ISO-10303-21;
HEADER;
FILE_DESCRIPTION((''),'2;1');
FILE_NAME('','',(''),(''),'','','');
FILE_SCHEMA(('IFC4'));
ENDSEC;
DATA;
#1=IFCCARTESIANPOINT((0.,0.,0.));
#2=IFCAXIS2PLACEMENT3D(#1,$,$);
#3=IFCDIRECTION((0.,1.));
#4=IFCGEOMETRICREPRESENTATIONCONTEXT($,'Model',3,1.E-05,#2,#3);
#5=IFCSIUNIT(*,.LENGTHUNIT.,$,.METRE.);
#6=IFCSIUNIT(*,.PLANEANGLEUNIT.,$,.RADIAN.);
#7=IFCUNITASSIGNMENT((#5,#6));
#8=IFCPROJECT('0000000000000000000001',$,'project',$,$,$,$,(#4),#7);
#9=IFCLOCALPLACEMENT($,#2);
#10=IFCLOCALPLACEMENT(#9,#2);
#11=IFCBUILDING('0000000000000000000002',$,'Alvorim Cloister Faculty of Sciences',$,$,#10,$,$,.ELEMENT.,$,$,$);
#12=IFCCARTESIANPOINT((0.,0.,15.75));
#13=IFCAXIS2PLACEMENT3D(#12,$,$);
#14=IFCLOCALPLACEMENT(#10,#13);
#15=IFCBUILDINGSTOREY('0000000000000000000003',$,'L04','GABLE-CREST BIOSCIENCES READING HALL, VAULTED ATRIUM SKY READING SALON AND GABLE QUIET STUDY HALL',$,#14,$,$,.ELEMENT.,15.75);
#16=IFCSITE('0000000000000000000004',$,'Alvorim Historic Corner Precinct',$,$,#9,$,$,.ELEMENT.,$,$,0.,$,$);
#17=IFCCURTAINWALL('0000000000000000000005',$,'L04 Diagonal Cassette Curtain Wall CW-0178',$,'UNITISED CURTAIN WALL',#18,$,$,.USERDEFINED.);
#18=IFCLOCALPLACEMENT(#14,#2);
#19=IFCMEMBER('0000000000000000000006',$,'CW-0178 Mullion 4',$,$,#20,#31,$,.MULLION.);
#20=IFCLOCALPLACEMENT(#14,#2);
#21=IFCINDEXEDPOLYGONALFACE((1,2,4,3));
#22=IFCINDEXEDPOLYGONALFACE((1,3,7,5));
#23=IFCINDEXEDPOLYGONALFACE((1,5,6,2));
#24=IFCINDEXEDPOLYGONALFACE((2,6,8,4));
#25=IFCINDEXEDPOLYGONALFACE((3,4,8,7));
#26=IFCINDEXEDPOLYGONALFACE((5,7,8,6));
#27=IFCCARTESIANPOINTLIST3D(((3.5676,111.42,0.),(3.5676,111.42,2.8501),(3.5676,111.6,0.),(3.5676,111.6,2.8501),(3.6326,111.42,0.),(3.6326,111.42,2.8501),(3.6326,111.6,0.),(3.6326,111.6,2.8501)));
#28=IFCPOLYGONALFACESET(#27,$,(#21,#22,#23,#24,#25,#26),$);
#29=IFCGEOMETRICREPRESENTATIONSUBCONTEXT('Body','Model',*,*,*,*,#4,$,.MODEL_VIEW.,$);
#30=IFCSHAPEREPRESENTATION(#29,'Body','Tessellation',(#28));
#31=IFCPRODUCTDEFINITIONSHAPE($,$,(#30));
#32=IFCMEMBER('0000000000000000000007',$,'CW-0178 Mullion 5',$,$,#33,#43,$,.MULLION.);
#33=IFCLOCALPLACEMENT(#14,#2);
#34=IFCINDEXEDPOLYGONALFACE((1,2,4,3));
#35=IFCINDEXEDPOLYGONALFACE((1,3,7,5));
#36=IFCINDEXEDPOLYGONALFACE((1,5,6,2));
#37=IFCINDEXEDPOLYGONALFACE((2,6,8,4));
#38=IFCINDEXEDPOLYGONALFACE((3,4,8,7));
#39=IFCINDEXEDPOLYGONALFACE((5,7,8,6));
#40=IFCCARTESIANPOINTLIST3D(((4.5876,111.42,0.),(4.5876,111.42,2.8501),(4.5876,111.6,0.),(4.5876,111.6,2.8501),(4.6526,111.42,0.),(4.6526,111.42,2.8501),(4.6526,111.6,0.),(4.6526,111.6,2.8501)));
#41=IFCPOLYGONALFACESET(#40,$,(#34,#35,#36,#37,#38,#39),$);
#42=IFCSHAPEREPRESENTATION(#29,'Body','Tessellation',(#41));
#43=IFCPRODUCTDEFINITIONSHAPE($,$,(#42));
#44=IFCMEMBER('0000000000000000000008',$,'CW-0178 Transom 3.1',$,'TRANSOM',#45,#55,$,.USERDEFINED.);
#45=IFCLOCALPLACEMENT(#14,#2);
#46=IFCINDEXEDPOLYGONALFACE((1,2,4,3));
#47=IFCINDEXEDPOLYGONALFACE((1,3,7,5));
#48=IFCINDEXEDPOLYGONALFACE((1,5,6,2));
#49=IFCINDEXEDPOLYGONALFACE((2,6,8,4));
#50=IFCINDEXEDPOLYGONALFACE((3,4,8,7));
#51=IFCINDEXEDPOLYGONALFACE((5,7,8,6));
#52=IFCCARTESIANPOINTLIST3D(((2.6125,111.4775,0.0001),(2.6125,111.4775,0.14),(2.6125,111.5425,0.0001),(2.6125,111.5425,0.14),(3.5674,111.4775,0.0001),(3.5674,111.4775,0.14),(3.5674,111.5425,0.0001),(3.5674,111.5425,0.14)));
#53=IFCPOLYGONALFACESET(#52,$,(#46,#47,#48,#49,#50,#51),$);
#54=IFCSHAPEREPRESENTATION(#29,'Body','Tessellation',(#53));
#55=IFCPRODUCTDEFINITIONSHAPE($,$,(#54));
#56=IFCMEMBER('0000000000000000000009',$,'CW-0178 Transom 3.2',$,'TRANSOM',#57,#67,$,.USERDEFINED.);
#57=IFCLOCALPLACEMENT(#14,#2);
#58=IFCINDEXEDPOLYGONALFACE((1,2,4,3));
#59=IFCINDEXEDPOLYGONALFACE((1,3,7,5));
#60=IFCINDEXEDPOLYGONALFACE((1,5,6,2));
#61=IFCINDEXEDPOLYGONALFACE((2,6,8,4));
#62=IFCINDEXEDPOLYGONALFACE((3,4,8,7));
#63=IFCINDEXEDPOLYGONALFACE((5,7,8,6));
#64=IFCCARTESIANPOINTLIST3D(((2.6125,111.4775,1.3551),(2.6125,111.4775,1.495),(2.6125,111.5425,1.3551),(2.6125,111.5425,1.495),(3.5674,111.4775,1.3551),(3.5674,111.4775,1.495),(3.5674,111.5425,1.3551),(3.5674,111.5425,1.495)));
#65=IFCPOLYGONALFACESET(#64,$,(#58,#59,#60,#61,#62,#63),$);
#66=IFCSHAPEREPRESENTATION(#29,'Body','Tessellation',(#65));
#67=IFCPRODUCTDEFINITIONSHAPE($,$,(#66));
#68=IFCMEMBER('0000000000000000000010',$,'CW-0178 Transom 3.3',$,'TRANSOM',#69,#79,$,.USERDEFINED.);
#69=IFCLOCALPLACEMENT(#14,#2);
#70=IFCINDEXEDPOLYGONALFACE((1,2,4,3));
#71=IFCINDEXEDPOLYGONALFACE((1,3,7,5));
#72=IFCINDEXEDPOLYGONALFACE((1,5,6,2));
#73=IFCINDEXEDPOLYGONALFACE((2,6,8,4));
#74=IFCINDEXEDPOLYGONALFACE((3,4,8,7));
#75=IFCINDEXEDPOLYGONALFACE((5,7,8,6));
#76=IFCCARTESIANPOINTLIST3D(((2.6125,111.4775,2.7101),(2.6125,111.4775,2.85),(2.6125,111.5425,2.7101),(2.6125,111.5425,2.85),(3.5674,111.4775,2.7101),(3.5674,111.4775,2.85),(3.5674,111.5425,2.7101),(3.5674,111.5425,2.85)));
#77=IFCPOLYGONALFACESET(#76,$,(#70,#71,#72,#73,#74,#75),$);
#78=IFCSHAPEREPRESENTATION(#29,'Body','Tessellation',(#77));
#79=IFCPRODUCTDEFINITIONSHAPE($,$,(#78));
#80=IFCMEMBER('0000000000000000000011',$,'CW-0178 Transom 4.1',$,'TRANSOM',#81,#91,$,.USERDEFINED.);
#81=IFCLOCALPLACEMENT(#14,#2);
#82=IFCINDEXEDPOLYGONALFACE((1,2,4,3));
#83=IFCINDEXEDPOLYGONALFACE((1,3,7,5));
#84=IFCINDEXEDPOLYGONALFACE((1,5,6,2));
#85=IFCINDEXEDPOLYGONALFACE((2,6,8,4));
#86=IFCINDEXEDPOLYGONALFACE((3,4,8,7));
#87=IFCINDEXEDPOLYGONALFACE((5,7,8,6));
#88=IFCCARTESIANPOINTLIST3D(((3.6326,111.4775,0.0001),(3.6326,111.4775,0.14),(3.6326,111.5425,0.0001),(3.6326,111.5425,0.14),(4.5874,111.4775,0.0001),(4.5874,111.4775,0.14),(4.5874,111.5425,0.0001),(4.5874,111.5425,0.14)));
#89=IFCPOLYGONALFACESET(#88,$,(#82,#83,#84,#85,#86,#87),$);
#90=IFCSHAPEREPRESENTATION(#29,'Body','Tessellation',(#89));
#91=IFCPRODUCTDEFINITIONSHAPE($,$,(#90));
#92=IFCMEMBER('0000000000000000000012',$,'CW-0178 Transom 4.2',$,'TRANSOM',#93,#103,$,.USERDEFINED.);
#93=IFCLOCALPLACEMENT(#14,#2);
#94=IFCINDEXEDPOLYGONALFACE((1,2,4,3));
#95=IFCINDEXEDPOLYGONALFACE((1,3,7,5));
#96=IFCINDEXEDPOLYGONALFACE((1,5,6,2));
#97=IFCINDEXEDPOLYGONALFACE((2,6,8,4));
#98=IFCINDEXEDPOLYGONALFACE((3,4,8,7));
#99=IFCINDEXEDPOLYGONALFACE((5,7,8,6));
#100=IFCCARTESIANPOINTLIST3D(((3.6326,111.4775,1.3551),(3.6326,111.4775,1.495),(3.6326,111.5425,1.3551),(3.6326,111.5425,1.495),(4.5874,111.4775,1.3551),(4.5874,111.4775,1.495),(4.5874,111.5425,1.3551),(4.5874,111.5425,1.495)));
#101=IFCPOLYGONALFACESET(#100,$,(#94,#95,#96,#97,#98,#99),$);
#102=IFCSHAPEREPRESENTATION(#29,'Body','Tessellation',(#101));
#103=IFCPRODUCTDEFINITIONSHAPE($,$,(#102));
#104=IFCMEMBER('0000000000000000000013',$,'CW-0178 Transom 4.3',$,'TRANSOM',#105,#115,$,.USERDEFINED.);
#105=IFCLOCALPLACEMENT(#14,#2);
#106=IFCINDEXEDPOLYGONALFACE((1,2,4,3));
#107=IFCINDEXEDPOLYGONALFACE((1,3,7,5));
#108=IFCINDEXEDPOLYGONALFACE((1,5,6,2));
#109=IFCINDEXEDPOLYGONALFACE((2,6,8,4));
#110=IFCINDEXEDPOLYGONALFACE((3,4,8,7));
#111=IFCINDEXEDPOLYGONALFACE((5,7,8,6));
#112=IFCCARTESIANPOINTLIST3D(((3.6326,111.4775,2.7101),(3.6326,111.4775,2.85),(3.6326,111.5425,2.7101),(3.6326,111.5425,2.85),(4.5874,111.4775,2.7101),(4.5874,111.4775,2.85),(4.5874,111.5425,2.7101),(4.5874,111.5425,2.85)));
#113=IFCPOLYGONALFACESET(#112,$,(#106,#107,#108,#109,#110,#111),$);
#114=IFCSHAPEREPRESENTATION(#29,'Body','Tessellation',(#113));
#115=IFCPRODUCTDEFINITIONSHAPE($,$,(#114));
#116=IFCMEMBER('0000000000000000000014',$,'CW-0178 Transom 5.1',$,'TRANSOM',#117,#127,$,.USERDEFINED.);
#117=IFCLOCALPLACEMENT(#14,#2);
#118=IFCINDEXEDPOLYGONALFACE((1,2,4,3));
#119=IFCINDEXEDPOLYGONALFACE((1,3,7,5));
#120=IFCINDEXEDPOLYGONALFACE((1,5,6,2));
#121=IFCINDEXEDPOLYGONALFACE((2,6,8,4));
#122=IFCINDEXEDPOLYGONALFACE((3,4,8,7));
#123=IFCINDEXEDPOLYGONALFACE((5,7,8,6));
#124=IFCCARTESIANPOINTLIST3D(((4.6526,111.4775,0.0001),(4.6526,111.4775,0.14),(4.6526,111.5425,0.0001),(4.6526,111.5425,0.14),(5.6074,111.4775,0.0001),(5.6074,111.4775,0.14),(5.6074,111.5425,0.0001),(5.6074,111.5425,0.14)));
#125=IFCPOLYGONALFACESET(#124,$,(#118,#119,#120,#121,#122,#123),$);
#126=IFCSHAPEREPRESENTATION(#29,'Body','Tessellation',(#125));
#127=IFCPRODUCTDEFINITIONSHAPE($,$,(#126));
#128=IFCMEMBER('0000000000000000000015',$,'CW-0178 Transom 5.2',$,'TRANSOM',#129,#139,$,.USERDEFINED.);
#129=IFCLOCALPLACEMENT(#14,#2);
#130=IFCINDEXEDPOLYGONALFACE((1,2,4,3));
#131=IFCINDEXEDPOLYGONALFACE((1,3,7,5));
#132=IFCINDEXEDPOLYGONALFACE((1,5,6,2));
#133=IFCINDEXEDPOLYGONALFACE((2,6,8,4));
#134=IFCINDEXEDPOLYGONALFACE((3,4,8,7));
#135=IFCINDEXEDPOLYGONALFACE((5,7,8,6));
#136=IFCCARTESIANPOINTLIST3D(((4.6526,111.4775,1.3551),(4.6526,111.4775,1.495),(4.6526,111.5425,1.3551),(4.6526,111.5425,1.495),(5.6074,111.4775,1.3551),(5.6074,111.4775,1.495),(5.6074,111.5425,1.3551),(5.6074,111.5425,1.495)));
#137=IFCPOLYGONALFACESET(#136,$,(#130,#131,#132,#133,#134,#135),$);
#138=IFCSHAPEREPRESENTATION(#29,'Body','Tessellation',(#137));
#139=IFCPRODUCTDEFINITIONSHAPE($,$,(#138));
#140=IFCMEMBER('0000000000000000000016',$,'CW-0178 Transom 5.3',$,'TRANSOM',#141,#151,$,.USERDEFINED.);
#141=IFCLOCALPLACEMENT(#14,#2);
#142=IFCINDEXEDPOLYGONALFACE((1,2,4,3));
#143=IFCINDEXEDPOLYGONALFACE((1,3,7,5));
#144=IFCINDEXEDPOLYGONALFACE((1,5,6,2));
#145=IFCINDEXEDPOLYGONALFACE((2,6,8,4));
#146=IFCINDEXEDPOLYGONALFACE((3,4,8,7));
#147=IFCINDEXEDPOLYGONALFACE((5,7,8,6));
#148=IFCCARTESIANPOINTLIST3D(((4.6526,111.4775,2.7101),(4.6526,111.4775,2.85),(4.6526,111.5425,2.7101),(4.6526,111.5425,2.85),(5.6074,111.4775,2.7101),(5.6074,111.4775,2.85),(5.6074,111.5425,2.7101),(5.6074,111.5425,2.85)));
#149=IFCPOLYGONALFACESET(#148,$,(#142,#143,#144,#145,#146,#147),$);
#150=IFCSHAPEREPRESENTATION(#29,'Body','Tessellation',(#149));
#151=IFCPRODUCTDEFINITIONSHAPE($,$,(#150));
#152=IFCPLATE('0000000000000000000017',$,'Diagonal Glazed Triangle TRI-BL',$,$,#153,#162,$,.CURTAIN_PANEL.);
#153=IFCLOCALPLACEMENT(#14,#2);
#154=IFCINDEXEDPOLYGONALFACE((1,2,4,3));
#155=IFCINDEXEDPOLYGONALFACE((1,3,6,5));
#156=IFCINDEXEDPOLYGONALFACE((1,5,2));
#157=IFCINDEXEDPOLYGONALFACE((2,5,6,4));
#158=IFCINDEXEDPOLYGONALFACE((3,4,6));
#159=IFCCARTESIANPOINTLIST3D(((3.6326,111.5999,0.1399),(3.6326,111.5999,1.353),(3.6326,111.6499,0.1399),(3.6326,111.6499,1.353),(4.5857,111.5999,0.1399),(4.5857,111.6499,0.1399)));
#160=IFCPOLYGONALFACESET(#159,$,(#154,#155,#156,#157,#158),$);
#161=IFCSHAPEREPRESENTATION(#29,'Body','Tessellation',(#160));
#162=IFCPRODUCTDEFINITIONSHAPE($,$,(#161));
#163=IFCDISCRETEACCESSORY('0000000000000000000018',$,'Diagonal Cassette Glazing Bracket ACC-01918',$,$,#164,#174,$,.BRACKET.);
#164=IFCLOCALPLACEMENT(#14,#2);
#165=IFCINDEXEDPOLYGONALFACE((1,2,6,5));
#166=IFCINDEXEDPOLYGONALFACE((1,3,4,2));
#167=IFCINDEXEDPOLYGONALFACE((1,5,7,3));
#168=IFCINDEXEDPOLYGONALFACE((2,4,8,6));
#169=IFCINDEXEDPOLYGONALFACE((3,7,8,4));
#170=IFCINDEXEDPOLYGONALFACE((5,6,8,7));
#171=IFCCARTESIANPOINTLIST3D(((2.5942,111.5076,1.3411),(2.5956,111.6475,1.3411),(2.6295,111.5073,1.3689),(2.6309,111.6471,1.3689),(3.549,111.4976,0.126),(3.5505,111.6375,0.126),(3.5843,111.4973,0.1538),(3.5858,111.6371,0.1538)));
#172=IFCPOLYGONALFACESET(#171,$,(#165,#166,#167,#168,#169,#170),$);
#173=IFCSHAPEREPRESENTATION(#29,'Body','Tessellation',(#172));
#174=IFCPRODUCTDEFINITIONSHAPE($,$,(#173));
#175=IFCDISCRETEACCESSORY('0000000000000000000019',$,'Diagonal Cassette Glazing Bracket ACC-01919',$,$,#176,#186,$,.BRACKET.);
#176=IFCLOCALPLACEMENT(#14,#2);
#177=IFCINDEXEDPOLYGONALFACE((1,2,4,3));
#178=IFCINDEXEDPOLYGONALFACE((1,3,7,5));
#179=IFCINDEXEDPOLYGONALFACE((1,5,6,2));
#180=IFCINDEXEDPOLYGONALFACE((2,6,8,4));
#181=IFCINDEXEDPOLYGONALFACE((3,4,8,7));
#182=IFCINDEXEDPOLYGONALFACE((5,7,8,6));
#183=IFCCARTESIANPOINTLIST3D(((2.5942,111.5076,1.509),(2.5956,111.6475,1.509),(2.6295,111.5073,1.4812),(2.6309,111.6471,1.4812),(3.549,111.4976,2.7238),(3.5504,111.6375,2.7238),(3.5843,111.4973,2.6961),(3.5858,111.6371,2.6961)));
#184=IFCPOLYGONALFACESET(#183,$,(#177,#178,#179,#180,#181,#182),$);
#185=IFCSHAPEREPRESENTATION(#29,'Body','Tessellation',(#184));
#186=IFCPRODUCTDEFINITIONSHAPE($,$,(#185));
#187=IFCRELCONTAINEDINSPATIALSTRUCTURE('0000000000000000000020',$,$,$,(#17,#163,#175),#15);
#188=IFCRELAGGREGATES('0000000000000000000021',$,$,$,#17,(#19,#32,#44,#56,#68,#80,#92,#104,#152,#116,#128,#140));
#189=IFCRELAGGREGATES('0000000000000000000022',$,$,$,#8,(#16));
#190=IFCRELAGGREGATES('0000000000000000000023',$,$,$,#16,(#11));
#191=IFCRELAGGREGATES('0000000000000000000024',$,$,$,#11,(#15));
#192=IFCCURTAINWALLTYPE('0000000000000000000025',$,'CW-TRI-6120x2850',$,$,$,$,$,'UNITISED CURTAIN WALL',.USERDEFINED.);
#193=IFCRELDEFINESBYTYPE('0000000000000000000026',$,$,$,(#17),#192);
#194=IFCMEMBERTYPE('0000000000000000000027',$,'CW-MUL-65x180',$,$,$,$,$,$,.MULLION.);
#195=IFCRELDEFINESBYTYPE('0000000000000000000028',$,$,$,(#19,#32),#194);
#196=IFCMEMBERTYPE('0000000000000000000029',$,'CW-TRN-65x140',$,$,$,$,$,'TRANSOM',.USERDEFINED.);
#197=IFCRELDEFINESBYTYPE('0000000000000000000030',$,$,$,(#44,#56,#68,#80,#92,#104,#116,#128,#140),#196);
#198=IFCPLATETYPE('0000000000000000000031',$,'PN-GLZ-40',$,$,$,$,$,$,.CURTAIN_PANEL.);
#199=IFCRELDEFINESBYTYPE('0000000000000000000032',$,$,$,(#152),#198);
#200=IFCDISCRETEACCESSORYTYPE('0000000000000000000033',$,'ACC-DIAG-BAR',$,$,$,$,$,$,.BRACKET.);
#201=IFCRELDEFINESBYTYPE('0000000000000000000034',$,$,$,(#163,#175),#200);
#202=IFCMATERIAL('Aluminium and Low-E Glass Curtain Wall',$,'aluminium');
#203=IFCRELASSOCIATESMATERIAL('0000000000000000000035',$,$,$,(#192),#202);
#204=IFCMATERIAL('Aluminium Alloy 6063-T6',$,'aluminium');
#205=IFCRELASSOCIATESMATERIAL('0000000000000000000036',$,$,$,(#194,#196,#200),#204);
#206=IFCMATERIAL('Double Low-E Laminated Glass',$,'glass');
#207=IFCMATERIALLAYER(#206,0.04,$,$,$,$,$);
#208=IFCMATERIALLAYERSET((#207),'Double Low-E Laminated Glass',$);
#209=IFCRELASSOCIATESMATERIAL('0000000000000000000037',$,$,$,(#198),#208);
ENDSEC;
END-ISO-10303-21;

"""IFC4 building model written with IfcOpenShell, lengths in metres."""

from ifc_helpers import new_model, si_unit, direction, frame, origin, origin_2d, place, context, subcontext, project, spatial, polyline, rectangle, outline, extrude, material, layer, layer_set, material_profile, profile_set, type_object, element, aggregate, save


model = new_model("IFC4")

# Units and contexts
model_context = context("Model", 3, precision=1e-05, world=origin(), true_north=direction((0.0, 1.0)))
body_context = subcontext(model_context, "Body", "Model", "MODEL_VIEW")
ifc_project = project(units=[si_unit("LENGTHUNIT", "METRE"), si_unit("PLANEANGLEUNIT", "RADIAN")], contexts=[model_context])

# Site, building, storey
site_placement = place(None, origin())
site = spatial("IfcSite", under=ifc_project, at=site_placement, Name="Alvorim Historic Corner Precinct", CompositionType="ELEMENT", RefElevation=0.0)
building_placement = place(site_placement, origin())
building = spatial("IfcBuilding", under=site, at=building_placement, Name="Alvorim Cloister Faculty of Sciences", CompositionType="ELEMENT")
storey_placement = place(building_placement, frame((0.0, 0.0, 15.75)))
storey = spatial("IfcBuildingStorey", under=building, at=storey_placement, Name="L04", Description="GABLE-CREST BIOSCIENCES READING HALL, VAULTED ATRIUM SKY READING SALON AND GABLE QUIET STUDY HALL", CompositionType="ELEMENT", Elevation=15.75)

# Curtain wall, members, plate
ifc_material_1 = material(Name="Aluminium and Low-E Glass Curtain Wall", Category="aluminium")
curtain_wall_type = type_object("IfcCurtainWallType", Name="CW-TRI-6120x2850", ElementType="UNITISED CURTAIN WALL", PredefinedType="USERDEFINED", material=ifc_material_1)
curtain_wall_placement = place(storey_placement, origin())
curtain_wall = element("IfcCurtainWall", 1, at=curtain_wall_placement, inside=storey, type_object=curtain_wall_type, Name="L04 Diagonal Cassette Curtain Wall CW-0178", ObjectType="UNITISED CURTAIN WALL", PredefinedType="USERDEFINED")
ifc_material_2 = material(Name="Aluminium Alloy 6063-T6", Category="aluminium")
ifc_material_profile_1 = material_profile(ifc_material_2, rectangle(XDim=0.0649, YDim=0.1799, at=origin_2d()), Name="ALU-MUL-65x180")
ifc_profile_set_1 = profile_set([ifc_material_profile_1], Name="Aluminium Alloy 6063-T6")
member_type_1 = type_object("IfcMemberType", Name="CW-MUL-65x180", PredefinedType="MULLION", material=ifc_profile_set_1)
member_1_placement = place(storey_placement, frame((3.6001, 111.51, 0.0), z_axis=(0.0, 0.0, 1.0), x_axis=(1.0, 0.0, 0.0)))
member_1 = element("IfcMember", 2, at=member_1_placement, type_object=member_type_1, Name="CW-0178 Mullion 4", PredefinedType="MULLION", context=body_context, shape_type="SweptSolid", body=[
    extrude(rectangle(XDim=0.0649, YDim=0.1799, at=origin_2d()), origin(), (0.0, 0.0, 1.0), 2.8501),
])
member_2_placement = place(storey_placement, frame((4.6201, 111.51, 0.0), z_axis=(0.0, 0.0, 1.0), x_axis=(1.0, 0.0, 0.0)))
member_2 = element("IfcMember", 3, at=member_2_placement, type_object=member_type_1, Name="CW-0178 Mullion 5", PredefinedType="MULLION", context=body_context, shape_type="SweptSolid", body=[
    extrude(rectangle(XDim=0.0649, YDim=0.1799, at=origin_2d()), origin(), (0.0, 0.0, 1.0), 2.8501),
])
ifc_material_profile_2 = material_profile(ifc_material_2, rectangle(XDim=0.0649, YDim=0.1399, at=origin_2d()), Name="ALU-TRN-65x140")
ifc_profile_set_2 = profile_set([ifc_material_profile_2], Name="Aluminium Alloy 6063-T6")
member_type_2 = type_object("IfcMemberType", Name="CW-TRN-65x140", ElementType="TRANSOM", PredefinedType="USERDEFINED", material=ifc_profile_set_2)
member_3_placement = place(storey_placement, frame((2.6125, 111.51, 0.0701), z_axis=(1.0, 0.0, 0.0), x_axis=(0.0, 1.0, 0.0)))
member_3 = element("IfcMember", 4, at=member_3_placement, type_object=member_type_2, Name="CW-0178 Transom 3.1", ObjectType="TRANSOM", PredefinedType="USERDEFINED", context=body_context, shape_type="SweptSolid", body=[
    extrude(rectangle(XDim=0.0649, YDim=0.1399, at=origin_2d()), origin(), (0.0, 0.0, 1.0), 0.9548),
])
member_4_placement = place(storey_placement, frame((2.6125, 111.51, 1.425), z_axis=(1.0, 0.0, 0.0), x_axis=(0.0, 1.0, 0.0)))
member_4 = element("IfcMember", 5, at=member_4_placement, type_object=member_type_2, Name="CW-0178 Transom 3.2", ObjectType="TRANSOM", PredefinedType="USERDEFINED", context=body_context, shape_type="SweptSolid", body=[
    extrude(rectangle(XDim=0.0649, YDim=0.1399, at=origin_2d()), origin(), (0.0, 0.0, 1.0), 0.9548),
])
member_5_placement = place(storey_placement, frame((2.6125, 111.51, 2.78), z_axis=(1.0, 0.0, 0.0), x_axis=(0.0, 1.0, 0.0)))
member_5 = element("IfcMember", 6, at=member_5_placement, type_object=member_type_2, Name="CW-0178 Transom 3.3", ObjectType="TRANSOM", PredefinedType="USERDEFINED", context=body_context, shape_type="SweptSolid", body=[
    extrude(rectangle(XDim=0.0649, YDim=0.1399, at=origin_2d()), origin(), (0.0, 0.0, 1.0), 0.9548),
])
member_6_placement = place(storey_placement, frame((3.6326, 111.51, 0.0701), z_axis=(1.0, 0.0, 0.0), x_axis=(0.0, 1.0, 0.0)))
member_6 = element("IfcMember", 7, at=member_6_placement, type_object=member_type_2, Name="CW-0178 Transom 4.1", ObjectType="TRANSOM", PredefinedType="USERDEFINED", context=body_context, shape_type="SweptSolid", body=[
    extrude(rectangle(XDim=0.0649, YDim=0.1399, at=origin_2d()), origin(), (0.0, 0.0, 1.0), 0.9548),
])
member_7_placement = place(storey_placement, frame((3.6326, 111.51, 1.425), z_axis=(1.0, 0.0, 0.0), x_axis=(0.0, 1.0, 0.0)))
member_7 = element("IfcMember", 8, at=member_7_placement, type_object=member_type_2, Name="CW-0178 Transom 4.2", ObjectType="TRANSOM", PredefinedType="USERDEFINED", context=body_context, shape_type="SweptSolid", body=[
    extrude(rectangle(XDim=0.0649, YDim=0.1399, at=origin_2d()), origin(), (0.0, 0.0, 1.0), 0.9548),
])
member_8_placement = place(storey_placement, frame((3.6326, 111.51, 2.78), z_axis=(1.0, 0.0, 0.0), x_axis=(0.0, 1.0, 0.0)))
member_8 = element("IfcMember", 9, at=member_8_placement, type_object=member_type_2, Name="CW-0178 Transom 4.3", ObjectType="TRANSOM", PredefinedType="USERDEFINED", context=body_context, shape_type="SweptSolid", body=[
    extrude(rectangle(XDim=0.0649, YDim=0.1399, at=origin_2d()), origin(), (0.0, 0.0, 1.0), 0.9548),
])
member_9_placement = place(storey_placement, frame((4.6526, 111.51, 0.0701), z_axis=(1.0, 0.0, 0.0), x_axis=(0.0, 1.0, 0.0)))
member_9 = element("IfcMember", 10, at=member_9_placement, type_object=member_type_2, Name="CW-0178 Transom 5.1", ObjectType="TRANSOM", PredefinedType="USERDEFINED", context=body_context, shape_type="SweptSolid", body=[
    extrude(rectangle(XDim=0.0649, YDim=0.1399, at=origin_2d()), origin(), (0.0, 0.0, 1.0), 0.9548),
])
member_10_placement = place(storey_placement, frame((4.6526, 111.51, 1.425), z_axis=(1.0, 0.0, 0.0), x_axis=(0.0, 1.0, 0.0)))
member_10 = element("IfcMember", 11, at=member_10_placement, type_object=member_type_2, Name="CW-0178 Transom 5.2", ObjectType="TRANSOM", PredefinedType="USERDEFINED", context=body_context, shape_type="SweptSolid", body=[
    extrude(rectangle(XDim=0.0649, YDim=0.1399, at=origin_2d()), origin(), (0.0, 0.0, 1.0), 0.9548),
])
member_11_placement = place(storey_placement, frame((4.6526, 111.51, 2.78), z_axis=(1.0, 0.0, 0.0), x_axis=(0.0, 1.0, 0.0)))
member_11 = element("IfcMember", 12, at=member_11_placement, type_object=member_type_2, Name="CW-0178 Transom 5.3", ObjectType="TRANSOM", PredefinedType="USERDEFINED", context=body_context, shape_type="SweptSolid", body=[
    extrude(rectangle(XDim=0.0649, YDim=0.1399, at=origin_2d()), origin(), (0.0, 0.0, 1.0), 0.9548),
])
ifc_material_3 = material(Name="Double Low-E Laminated Glass", Category="glass")
ifc_layer = layer(ifc_material_3, 0.04)
ifc_layer_set = layer_set([ifc_layer], Name="Double Low-E Laminated Glass")
plate_type = type_object("IfcPlateType", Name="PN-GLZ-40", PredefinedType="CURTAIN_PANEL", material=ifc_layer_set)
plate_1_placement = place(storey_placement, frame((3.6326, 111.625, 0.1399), z_axis=(0.0, 0.0, 1.0), x_axis=(1.0, 0.0, 0.0)))
plate_1 = element("IfcPlate", 13, at=plate_1_placement, type_object=plate_type, Name="Diagonal Glazed Triangle TRI-BL", PredefinedType="CURTAIN_PANEL", context=body_context, shape_type="SweptSolid", body=[
    extrude(outline(polyline([(0.0, 0.0), (0.9531, 0.0), (0.0, 1.2131), (0.0, 0.0)])), frame((0.0, 0.0249, 0.0), z_axis=(0.0, -1.0, 0.0), x_axis=(1.0, 0.0, 0.0)), (0.0, 0.0, 1.0), 0.05),
])
aggregate(curtain_wall, [member_1, member_2, member_3, member_4, member_5, member_6, member_7, member_8, plate_1, member_9, member_10, member_11])

# Discrete accessories
discrete_accessory_type = type_object("IfcDiscreteAccessoryType", Name="ACC-DIAG-BAR", PredefinedType="BRACKET", material=ifc_material_2)
discrete_accessory_1_placement = place(storey_placement, frame((2.6125, 111.5774, 1.355), z_axis=(0.617857, -0.006477, -0.786263), x_axis=(0.010483, 0.999945, 0.0)))
element("IfcDiscreteAccessory", 14, at=discrete_accessory_1_placement, inside=storey, type_object=discrete_accessory_type, Name="Diagonal Cassette Glazing Bracket ACC-01918", PredefinedType="BRACKET", context=body_context, shape_type="SweptSolid", body=[
    extrude(rectangle(XDim=0.1399, YDim=0.0449, at=origin_2d()), origin(), (0.0, 0.0, 1.0), 1.5454),
])
discrete_accessory_2_placement = place(storey_placement, frame((2.6125, 111.5774, 1.4951), z_axis=(0.617934, -0.006478, 0.786203), x_axis=(0.010483, 0.999945, 0.0)))
element("IfcDiscreteAccessory", 15, at=discrete_accessory_2_placement, inside=storey, type_object=discrete_accessory_type, Name="Diagonal Cassette Glazing Bracket ACC-01919", PredefinedType="BRACKET", context=body_context, shape_type="SweptSolid", body=[
    extrude(rectangle(XDim=0.1399, YDim=0.0449, at=origin_2d()), origin(), (0.0, 0.0, 1.0), 1.5452),
])

save(model, "model.ifc")
